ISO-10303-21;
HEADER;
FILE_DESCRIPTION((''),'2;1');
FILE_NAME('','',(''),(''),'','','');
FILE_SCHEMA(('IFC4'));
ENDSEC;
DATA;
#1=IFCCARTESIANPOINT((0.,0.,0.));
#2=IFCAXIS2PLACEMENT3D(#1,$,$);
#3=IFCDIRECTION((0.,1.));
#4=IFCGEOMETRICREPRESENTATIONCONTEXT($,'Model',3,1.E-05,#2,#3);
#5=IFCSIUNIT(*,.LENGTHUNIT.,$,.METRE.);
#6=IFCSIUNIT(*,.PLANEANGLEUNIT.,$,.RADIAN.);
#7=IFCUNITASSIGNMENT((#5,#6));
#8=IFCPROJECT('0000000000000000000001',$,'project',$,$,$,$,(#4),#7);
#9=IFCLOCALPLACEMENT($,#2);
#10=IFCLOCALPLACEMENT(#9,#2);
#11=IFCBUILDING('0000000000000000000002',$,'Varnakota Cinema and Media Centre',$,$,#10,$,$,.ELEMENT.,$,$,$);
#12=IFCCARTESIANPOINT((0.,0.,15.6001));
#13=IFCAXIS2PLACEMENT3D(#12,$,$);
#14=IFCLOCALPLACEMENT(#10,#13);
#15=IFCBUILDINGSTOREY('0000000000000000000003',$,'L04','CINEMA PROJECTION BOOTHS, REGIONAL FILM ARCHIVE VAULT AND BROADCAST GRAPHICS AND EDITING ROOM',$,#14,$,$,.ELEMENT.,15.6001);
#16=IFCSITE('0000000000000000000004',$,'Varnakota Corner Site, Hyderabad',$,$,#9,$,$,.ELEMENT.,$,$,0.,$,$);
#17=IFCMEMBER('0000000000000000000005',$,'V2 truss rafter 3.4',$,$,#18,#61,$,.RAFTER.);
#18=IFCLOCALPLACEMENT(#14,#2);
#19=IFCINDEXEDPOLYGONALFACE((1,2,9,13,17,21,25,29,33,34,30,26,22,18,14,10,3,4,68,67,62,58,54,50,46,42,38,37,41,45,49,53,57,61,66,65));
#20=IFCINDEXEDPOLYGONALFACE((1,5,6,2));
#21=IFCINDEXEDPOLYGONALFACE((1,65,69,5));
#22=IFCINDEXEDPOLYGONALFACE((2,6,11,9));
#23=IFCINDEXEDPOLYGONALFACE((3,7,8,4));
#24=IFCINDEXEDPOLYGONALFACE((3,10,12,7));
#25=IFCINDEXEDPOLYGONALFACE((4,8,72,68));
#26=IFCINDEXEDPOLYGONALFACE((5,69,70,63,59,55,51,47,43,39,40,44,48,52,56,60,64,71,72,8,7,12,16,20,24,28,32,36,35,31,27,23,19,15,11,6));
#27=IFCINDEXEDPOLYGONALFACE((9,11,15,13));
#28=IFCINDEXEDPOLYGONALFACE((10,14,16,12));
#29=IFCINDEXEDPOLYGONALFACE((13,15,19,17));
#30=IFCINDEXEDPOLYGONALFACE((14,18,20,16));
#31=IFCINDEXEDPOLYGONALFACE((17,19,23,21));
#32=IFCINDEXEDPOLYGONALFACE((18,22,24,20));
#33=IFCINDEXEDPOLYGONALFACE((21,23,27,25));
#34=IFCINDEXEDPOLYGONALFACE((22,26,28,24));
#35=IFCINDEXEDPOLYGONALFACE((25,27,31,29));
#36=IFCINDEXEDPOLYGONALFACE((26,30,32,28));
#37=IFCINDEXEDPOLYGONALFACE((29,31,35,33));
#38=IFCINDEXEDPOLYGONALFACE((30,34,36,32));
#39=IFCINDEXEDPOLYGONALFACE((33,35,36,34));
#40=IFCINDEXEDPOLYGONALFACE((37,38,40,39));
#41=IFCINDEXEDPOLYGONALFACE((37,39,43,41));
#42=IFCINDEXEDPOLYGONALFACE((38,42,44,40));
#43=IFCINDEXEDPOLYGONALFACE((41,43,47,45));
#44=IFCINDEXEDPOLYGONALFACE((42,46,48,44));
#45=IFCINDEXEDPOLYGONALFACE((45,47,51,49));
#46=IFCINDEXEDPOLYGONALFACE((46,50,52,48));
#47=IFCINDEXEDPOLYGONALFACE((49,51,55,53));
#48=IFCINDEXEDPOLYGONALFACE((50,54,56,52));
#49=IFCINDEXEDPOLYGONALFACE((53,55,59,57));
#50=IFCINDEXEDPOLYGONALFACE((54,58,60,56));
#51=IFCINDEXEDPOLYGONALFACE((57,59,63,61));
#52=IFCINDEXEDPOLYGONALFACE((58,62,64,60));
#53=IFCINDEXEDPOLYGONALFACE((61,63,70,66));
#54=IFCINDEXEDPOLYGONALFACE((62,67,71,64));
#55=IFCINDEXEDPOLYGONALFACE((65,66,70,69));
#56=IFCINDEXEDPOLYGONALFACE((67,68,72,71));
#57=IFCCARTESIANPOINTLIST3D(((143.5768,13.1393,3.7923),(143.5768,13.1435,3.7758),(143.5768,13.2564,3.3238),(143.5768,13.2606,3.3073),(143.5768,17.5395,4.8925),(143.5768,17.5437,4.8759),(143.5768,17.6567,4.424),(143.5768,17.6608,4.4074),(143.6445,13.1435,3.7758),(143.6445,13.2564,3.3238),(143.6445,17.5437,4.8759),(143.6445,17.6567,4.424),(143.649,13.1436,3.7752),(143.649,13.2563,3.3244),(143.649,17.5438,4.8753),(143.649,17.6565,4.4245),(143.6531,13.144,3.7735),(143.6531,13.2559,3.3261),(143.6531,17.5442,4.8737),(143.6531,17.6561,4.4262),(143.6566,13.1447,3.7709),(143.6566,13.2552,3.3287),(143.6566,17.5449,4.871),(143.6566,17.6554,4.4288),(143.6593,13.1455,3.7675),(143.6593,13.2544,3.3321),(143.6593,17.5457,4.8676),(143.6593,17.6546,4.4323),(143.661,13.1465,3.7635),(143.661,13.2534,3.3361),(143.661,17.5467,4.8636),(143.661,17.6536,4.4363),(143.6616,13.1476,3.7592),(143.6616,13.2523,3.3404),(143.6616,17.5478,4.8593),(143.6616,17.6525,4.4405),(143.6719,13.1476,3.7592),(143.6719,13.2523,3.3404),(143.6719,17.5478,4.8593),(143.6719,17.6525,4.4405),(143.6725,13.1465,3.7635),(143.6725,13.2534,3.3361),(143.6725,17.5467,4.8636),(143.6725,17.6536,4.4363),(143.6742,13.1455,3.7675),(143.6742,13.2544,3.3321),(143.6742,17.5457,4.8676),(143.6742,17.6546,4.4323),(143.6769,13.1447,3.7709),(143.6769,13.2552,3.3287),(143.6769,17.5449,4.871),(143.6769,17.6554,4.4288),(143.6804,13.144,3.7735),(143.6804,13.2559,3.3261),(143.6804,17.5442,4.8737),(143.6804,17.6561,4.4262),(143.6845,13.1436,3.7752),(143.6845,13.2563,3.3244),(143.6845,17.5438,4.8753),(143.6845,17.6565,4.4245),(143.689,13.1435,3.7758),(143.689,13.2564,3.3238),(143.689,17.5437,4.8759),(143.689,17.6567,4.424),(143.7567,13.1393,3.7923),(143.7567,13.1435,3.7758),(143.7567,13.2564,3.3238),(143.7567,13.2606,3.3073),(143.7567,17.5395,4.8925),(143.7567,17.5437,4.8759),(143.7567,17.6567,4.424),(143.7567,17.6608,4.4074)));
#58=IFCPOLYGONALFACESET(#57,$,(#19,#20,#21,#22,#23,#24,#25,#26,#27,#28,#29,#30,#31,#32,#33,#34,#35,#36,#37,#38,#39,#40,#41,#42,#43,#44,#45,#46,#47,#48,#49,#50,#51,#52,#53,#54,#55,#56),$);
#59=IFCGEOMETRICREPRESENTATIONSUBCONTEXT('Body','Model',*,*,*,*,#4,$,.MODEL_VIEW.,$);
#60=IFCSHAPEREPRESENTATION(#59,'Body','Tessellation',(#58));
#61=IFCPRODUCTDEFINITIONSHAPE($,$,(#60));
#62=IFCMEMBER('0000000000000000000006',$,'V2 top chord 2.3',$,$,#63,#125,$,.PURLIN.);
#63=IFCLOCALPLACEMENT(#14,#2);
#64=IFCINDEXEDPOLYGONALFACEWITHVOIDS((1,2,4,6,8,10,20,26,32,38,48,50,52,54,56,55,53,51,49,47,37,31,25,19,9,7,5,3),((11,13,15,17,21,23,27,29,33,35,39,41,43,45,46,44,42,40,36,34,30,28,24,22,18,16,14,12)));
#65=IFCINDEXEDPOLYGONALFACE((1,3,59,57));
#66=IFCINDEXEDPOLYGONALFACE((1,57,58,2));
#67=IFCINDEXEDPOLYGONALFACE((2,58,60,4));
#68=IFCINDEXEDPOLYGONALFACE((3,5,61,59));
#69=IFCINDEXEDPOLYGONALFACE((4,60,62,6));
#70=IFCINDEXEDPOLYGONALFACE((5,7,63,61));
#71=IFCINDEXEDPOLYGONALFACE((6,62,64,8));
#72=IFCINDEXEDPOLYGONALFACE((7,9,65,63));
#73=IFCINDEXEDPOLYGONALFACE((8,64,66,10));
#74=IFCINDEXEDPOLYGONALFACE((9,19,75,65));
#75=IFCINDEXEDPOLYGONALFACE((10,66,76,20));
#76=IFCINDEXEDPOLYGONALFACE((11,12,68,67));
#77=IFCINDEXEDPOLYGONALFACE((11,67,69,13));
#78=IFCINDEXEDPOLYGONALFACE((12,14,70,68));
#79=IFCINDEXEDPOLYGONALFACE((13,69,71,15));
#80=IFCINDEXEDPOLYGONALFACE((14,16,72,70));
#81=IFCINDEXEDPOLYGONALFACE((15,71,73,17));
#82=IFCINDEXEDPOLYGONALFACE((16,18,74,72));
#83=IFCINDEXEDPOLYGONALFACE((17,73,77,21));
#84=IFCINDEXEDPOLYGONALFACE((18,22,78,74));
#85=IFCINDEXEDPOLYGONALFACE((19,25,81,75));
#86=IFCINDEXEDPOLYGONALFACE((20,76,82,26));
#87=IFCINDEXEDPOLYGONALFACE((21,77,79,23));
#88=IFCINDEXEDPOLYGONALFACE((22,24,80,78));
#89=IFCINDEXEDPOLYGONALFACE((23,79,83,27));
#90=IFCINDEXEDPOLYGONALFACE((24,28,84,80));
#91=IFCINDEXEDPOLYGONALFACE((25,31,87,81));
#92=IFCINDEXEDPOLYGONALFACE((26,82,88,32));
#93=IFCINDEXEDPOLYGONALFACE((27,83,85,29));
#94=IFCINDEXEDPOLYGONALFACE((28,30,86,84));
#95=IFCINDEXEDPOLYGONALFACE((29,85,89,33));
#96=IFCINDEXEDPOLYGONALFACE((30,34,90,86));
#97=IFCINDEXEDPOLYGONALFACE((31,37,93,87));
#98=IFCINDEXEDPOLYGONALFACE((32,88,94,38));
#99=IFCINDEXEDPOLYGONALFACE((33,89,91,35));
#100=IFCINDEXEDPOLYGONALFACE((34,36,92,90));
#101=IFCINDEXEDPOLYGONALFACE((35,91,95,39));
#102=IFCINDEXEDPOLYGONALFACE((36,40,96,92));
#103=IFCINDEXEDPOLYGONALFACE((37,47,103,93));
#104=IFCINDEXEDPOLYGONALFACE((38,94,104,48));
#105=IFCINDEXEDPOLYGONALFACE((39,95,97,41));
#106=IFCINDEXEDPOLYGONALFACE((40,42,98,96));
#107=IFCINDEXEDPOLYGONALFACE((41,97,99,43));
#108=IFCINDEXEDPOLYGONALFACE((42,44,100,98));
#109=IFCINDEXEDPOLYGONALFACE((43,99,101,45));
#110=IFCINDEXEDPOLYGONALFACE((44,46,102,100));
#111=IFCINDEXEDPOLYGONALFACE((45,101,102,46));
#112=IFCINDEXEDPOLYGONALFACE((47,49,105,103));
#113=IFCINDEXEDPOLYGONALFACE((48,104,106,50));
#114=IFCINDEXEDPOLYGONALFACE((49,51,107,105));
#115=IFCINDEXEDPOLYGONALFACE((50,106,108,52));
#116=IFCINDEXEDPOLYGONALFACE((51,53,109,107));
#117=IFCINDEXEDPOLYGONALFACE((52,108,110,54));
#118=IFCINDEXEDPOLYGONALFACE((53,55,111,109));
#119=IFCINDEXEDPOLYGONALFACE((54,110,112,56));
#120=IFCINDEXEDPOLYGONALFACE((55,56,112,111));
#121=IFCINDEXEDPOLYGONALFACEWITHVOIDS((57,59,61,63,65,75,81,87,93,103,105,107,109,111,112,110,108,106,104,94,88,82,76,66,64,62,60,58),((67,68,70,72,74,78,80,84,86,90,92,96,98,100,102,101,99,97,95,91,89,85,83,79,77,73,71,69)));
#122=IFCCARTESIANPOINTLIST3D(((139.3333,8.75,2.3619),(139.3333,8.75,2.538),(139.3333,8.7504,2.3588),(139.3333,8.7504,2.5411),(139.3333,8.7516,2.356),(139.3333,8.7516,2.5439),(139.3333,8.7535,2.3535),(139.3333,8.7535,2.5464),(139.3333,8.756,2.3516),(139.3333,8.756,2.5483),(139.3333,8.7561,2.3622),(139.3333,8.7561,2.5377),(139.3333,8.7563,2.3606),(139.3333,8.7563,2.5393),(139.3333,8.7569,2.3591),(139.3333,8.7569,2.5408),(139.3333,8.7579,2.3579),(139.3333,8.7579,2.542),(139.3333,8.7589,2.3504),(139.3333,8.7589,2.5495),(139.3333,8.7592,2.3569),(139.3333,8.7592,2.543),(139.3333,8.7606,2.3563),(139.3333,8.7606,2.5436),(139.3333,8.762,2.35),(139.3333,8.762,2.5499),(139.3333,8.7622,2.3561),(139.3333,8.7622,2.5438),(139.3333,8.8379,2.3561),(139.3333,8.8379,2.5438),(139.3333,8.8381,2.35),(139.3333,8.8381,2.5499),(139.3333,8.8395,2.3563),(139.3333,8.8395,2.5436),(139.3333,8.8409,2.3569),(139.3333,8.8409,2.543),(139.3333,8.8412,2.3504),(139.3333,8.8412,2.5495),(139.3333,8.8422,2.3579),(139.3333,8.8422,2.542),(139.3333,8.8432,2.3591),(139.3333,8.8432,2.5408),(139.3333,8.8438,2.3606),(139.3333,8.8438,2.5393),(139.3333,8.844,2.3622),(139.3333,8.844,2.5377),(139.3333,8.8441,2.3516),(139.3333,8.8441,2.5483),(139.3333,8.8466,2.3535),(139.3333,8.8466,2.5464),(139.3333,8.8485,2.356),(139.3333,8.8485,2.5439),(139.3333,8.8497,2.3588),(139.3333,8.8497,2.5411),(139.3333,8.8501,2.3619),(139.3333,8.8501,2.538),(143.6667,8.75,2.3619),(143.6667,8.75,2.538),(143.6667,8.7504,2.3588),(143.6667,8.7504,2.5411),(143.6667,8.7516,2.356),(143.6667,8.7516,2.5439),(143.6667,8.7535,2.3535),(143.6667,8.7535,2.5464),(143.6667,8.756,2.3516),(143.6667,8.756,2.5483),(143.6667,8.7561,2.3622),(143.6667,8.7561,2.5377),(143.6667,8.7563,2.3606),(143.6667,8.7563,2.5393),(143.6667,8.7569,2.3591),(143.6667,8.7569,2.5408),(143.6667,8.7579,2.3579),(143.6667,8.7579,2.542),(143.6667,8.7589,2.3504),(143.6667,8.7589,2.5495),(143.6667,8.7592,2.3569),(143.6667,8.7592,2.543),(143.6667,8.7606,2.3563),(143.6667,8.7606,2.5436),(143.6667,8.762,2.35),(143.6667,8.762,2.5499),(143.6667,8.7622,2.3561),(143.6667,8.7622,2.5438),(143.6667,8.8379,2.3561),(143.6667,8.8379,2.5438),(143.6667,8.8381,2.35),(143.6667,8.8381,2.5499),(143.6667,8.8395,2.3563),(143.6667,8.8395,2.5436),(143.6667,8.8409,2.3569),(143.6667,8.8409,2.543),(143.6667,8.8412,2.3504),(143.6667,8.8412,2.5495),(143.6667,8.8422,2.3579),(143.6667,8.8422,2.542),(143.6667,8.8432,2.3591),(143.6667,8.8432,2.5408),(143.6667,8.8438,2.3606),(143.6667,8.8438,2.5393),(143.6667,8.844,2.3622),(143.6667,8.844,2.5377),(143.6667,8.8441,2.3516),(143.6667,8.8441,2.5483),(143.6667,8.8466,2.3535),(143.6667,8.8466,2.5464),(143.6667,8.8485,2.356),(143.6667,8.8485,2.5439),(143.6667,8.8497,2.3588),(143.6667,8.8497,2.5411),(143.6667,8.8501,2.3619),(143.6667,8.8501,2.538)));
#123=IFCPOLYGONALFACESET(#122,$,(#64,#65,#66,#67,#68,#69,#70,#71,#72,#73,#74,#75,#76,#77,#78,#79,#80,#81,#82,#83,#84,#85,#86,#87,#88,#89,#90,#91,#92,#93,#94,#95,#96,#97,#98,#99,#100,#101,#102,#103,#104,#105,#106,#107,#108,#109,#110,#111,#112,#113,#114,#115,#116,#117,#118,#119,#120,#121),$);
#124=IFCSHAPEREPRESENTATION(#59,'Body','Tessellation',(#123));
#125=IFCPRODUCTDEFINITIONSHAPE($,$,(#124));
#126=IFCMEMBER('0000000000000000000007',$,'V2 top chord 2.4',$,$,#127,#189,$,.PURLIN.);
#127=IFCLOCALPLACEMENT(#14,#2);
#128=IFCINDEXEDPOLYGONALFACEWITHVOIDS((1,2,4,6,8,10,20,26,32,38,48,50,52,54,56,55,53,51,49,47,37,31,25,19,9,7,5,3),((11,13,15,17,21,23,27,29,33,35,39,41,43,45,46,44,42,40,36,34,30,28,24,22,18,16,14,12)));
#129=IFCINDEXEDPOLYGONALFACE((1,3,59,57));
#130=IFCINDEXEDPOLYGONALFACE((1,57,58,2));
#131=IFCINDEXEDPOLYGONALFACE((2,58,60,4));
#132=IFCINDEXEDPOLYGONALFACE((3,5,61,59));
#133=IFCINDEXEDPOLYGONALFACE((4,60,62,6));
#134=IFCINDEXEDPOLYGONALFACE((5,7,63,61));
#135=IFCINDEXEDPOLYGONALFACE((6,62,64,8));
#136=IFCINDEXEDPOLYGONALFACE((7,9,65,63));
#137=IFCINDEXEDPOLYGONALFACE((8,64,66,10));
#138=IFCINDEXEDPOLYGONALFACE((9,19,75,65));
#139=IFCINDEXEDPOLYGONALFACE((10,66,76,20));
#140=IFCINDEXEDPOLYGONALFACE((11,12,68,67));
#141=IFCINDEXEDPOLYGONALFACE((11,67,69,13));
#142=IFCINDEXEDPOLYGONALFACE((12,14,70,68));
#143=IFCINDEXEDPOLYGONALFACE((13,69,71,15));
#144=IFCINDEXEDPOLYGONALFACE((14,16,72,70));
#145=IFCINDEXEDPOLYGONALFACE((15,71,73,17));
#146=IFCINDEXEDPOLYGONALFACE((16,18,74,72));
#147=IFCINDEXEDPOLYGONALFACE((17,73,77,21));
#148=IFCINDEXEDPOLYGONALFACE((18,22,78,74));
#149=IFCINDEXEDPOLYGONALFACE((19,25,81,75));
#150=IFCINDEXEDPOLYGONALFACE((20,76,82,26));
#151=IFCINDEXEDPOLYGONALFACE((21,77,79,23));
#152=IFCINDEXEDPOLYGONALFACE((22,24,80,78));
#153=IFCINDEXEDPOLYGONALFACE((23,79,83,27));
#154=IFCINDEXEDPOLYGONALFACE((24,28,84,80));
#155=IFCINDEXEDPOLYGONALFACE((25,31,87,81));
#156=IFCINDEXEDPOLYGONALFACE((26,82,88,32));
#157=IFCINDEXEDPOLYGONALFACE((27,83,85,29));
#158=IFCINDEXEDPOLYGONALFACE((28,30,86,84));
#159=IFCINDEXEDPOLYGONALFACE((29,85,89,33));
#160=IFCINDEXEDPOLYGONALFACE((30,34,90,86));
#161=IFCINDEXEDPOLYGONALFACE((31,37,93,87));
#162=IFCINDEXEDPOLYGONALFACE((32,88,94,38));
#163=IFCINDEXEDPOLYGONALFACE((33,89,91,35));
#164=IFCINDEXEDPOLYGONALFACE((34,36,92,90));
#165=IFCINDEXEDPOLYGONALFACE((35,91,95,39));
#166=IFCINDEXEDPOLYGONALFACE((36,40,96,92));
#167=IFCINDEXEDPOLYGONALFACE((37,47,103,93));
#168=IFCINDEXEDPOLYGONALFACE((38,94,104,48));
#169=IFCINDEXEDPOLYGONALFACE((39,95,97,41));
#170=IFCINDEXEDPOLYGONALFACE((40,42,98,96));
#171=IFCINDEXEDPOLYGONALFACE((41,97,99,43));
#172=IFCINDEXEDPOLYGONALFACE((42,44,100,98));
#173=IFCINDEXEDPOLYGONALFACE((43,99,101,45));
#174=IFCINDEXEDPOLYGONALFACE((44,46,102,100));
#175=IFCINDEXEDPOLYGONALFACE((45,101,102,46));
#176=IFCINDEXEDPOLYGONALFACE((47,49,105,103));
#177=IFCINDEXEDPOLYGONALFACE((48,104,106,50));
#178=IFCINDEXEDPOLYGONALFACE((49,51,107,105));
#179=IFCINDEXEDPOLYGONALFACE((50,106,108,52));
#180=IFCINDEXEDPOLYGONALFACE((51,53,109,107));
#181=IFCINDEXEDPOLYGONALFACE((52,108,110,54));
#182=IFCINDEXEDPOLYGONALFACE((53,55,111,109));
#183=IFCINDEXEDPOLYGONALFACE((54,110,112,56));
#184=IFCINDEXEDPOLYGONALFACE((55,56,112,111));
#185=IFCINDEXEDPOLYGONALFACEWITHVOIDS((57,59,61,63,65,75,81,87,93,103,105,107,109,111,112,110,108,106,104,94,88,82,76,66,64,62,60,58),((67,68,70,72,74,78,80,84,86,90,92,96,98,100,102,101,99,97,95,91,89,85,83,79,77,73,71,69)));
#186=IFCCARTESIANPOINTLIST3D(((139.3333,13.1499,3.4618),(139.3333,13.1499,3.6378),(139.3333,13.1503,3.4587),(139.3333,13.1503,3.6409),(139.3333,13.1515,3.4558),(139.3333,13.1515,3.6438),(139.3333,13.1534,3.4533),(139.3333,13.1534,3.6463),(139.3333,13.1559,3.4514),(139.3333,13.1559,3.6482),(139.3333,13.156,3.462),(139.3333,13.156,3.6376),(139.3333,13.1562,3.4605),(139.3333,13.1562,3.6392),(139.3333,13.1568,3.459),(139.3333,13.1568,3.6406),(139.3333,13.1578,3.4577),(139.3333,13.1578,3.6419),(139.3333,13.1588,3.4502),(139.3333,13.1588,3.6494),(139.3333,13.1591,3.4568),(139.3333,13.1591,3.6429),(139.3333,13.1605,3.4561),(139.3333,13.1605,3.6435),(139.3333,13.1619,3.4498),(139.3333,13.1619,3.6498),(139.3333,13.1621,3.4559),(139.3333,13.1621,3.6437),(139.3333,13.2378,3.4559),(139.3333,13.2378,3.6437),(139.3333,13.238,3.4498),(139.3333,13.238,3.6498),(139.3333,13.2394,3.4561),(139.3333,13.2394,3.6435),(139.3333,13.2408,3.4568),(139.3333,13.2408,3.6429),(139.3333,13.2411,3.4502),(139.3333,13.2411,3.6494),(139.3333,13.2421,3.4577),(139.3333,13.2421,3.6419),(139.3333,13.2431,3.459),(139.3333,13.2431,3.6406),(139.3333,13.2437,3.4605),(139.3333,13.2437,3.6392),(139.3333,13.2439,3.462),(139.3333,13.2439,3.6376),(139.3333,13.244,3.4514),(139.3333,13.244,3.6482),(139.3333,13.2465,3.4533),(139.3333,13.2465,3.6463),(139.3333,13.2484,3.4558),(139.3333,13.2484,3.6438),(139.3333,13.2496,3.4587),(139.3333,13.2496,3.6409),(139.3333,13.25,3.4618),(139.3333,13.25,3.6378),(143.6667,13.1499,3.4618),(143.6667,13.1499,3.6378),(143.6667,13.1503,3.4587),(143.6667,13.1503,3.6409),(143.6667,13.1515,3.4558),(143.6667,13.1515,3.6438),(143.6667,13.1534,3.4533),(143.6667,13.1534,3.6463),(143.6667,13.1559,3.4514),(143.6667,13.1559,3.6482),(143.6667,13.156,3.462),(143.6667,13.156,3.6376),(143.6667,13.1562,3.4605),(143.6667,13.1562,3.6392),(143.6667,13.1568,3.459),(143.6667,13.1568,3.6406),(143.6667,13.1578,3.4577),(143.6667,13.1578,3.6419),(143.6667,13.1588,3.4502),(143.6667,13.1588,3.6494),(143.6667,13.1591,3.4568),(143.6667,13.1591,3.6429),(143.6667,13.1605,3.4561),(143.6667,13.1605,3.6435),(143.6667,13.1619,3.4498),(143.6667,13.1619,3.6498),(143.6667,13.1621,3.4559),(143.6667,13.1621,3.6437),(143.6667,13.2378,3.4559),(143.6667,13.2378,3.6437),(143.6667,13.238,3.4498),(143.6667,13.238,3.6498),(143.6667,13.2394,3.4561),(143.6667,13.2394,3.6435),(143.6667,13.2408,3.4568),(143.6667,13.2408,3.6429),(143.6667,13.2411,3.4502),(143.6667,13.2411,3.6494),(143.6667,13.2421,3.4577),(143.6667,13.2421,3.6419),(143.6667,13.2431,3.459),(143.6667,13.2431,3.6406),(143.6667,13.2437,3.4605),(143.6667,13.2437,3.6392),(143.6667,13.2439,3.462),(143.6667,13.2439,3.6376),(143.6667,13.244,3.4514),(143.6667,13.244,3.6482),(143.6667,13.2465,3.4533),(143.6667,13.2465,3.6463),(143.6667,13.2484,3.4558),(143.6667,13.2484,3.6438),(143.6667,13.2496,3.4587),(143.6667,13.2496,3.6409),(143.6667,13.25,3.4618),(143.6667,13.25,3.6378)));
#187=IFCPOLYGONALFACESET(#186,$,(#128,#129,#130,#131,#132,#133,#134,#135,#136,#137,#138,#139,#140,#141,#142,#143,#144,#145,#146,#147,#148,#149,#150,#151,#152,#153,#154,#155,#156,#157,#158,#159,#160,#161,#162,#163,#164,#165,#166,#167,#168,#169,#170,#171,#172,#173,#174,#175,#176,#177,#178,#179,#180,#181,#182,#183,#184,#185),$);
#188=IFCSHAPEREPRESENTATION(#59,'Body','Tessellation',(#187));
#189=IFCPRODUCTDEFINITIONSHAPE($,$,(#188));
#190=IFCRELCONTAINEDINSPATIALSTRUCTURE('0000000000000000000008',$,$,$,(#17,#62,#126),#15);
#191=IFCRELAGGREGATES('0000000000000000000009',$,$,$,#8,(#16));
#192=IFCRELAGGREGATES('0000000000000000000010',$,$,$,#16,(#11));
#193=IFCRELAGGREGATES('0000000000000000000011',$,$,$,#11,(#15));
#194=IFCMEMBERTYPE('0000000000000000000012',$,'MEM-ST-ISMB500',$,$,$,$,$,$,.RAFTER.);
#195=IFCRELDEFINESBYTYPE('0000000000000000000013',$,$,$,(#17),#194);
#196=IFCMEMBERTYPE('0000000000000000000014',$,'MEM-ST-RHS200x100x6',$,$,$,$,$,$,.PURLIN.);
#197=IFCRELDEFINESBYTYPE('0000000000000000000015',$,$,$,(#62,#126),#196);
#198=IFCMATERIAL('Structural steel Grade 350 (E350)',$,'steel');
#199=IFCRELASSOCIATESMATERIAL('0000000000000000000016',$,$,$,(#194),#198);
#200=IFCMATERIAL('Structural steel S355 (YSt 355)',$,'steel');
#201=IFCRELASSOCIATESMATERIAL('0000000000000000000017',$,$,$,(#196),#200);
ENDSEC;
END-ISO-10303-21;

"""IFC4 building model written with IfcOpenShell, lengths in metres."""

from ifc_helpers import new_model, si_unit, direction, frame, origin, origin_2d, place, context, subcontext, project, spatial, hollow_rectangle, i_section, extrude, material, material_profile, profile_set, type_object, element, save


model = new_model("IFC4")

# Units and contexts
model_context = context("Model", 3, precision=1e-05, world=origin(), true_north=direction((0.0, 1.0)))
body_context = subcontext(model_context, "Body", "Model", "MODEL_VIEW")
ifc_project = project(units=[si_unit("LENGTHUNIT", "METRE"), si_unit("PLANEANGLEUNIT", "RADIAN")], contexts=[model_context])

# Site, building, storey
site_placement = place(None, origin())
site = spatial("IfcSite", under=ifc_project, at=site_placement, Name="Varnakota Corner Site, Hyderabad", CompositionType="ELEMENT", RefElevation=0.0)
building_placement = place(site_placement, origin())
building = spatial("IfcBuilding", under=site, at=building_placement, Name="Varnakota Cinema and Media Centre", CompositionType="ELEMENT")
storey_placement = place(building_placement, frame((0.0, 0.0, 15.6001)))
storey = spatial("IfcBuildingStorey", under=building, at=storey_placement, Name="L04", Description="CINEMA PROJECTION BOOTHS, REGIONAL FILM ARCHIVE VAULT AND BROADCAST GRAPHICS AND EDITING ROOM", CompositionType="ELEMENT", Elevation=15.6001)

# Members
ifc_material_1 = material(Name="Structural steel Grade 350 (E350)", Category="steel")
ifc_material_profile_1 = material_profile(ifc_material_1, i_section(OverallWidth=0.1799, OverallDepth=0.5, WebThickness=0.0103, FlangeThickness=0.0171, FilletRadius=0.0171, at=origin_2d()), Name="ISMB 500")
ifc_profile_set_1 = profile_set([ifc_material_profile_1], Name="Structural steel Grade 350 (E350)")
member_type_1 = type_object("IfcMemberType", Name="MEM-ST-ISMB500", PredefinedType="RAFTER", material=ifc_profile_set_1)
member_1_placement = place(storey_placement, frame((143.6667, 13.2, 3.5498), z_axis=(0.0, 0.970139, 0.242548), x_axis=(-1.0, 0.0, 0.0)))
element("IfcMember", 1, at=member_1_placement, inside=storey, type_object=member_type_1, Name="V2 truss rafter 3.4", PredefinedType="RAFTER", context=body_context, shape_type="SweptSolid", body=[
    extrude(i_section(OverallWidth=0.1799, OverallDepth=0.5, WebThickness=0.0103, FlangeThickness=0.0171, FilletRadius=0.0171, at=origin_2d()), origin(), (0.0, 0.0, 1.0), 4.5356),
])
ifc_material_2 = material(Name="Structural steel S355 (YSt 355)", Category="steel")
ifc_material_profile_2 = material_profile(ifc_material_2, hollow_rectangle(XDim=0.1001, YDim=0.2, WallThickness=0.0061, InnerFilletRadius=0.0061, OuterFilletRadius=0.012, at=origin_2d()), Name="RHS 200x100x6")
ifc_profile_set_2 = profile_set([ifc_material_profile_2], Name="Structural steel S355 (YSt 355)")
member_type_2 = type_object("IfcMemberType", Name="MEM-ST-RHS200x100x6", PredefinedType="PURLIN", material=ifc_profile_set_2)
for number, where, z_axis, x_axis, name in (
    (2, (139.3333, 8.8, 2.45), (1.0, 0.0, 0.0), (0.0, 1.0, 0.0), "V2 top chord 2.3"),
    (3, (139.3333, 13.2, 3.5498), (1.0, 0.0, 0.0), (0.0, 1.0, 0.0), "V2 top chord 2.4"),
):
    element("IfcMember", number, at=place(storey_placement, frame(where, z_axis=z_axis, x_axis=x_axis)), inside=storey, type_object=member_type_2, Name=name, PredefinedType="PURLIN", context=body_context, shape_type="SweptSolid", body=[
        extrude(hollow_rectangle(XDim=0.1001, YDim=0.2, WallThickness=0.0061, InnerFilletRadius=0.0061, OuterFilletRadius=0.012, at=origin_2d()), origin(), (0.0, 0.0, 1.0), 4.3335),
    ])

save(model, "model.ifc")
